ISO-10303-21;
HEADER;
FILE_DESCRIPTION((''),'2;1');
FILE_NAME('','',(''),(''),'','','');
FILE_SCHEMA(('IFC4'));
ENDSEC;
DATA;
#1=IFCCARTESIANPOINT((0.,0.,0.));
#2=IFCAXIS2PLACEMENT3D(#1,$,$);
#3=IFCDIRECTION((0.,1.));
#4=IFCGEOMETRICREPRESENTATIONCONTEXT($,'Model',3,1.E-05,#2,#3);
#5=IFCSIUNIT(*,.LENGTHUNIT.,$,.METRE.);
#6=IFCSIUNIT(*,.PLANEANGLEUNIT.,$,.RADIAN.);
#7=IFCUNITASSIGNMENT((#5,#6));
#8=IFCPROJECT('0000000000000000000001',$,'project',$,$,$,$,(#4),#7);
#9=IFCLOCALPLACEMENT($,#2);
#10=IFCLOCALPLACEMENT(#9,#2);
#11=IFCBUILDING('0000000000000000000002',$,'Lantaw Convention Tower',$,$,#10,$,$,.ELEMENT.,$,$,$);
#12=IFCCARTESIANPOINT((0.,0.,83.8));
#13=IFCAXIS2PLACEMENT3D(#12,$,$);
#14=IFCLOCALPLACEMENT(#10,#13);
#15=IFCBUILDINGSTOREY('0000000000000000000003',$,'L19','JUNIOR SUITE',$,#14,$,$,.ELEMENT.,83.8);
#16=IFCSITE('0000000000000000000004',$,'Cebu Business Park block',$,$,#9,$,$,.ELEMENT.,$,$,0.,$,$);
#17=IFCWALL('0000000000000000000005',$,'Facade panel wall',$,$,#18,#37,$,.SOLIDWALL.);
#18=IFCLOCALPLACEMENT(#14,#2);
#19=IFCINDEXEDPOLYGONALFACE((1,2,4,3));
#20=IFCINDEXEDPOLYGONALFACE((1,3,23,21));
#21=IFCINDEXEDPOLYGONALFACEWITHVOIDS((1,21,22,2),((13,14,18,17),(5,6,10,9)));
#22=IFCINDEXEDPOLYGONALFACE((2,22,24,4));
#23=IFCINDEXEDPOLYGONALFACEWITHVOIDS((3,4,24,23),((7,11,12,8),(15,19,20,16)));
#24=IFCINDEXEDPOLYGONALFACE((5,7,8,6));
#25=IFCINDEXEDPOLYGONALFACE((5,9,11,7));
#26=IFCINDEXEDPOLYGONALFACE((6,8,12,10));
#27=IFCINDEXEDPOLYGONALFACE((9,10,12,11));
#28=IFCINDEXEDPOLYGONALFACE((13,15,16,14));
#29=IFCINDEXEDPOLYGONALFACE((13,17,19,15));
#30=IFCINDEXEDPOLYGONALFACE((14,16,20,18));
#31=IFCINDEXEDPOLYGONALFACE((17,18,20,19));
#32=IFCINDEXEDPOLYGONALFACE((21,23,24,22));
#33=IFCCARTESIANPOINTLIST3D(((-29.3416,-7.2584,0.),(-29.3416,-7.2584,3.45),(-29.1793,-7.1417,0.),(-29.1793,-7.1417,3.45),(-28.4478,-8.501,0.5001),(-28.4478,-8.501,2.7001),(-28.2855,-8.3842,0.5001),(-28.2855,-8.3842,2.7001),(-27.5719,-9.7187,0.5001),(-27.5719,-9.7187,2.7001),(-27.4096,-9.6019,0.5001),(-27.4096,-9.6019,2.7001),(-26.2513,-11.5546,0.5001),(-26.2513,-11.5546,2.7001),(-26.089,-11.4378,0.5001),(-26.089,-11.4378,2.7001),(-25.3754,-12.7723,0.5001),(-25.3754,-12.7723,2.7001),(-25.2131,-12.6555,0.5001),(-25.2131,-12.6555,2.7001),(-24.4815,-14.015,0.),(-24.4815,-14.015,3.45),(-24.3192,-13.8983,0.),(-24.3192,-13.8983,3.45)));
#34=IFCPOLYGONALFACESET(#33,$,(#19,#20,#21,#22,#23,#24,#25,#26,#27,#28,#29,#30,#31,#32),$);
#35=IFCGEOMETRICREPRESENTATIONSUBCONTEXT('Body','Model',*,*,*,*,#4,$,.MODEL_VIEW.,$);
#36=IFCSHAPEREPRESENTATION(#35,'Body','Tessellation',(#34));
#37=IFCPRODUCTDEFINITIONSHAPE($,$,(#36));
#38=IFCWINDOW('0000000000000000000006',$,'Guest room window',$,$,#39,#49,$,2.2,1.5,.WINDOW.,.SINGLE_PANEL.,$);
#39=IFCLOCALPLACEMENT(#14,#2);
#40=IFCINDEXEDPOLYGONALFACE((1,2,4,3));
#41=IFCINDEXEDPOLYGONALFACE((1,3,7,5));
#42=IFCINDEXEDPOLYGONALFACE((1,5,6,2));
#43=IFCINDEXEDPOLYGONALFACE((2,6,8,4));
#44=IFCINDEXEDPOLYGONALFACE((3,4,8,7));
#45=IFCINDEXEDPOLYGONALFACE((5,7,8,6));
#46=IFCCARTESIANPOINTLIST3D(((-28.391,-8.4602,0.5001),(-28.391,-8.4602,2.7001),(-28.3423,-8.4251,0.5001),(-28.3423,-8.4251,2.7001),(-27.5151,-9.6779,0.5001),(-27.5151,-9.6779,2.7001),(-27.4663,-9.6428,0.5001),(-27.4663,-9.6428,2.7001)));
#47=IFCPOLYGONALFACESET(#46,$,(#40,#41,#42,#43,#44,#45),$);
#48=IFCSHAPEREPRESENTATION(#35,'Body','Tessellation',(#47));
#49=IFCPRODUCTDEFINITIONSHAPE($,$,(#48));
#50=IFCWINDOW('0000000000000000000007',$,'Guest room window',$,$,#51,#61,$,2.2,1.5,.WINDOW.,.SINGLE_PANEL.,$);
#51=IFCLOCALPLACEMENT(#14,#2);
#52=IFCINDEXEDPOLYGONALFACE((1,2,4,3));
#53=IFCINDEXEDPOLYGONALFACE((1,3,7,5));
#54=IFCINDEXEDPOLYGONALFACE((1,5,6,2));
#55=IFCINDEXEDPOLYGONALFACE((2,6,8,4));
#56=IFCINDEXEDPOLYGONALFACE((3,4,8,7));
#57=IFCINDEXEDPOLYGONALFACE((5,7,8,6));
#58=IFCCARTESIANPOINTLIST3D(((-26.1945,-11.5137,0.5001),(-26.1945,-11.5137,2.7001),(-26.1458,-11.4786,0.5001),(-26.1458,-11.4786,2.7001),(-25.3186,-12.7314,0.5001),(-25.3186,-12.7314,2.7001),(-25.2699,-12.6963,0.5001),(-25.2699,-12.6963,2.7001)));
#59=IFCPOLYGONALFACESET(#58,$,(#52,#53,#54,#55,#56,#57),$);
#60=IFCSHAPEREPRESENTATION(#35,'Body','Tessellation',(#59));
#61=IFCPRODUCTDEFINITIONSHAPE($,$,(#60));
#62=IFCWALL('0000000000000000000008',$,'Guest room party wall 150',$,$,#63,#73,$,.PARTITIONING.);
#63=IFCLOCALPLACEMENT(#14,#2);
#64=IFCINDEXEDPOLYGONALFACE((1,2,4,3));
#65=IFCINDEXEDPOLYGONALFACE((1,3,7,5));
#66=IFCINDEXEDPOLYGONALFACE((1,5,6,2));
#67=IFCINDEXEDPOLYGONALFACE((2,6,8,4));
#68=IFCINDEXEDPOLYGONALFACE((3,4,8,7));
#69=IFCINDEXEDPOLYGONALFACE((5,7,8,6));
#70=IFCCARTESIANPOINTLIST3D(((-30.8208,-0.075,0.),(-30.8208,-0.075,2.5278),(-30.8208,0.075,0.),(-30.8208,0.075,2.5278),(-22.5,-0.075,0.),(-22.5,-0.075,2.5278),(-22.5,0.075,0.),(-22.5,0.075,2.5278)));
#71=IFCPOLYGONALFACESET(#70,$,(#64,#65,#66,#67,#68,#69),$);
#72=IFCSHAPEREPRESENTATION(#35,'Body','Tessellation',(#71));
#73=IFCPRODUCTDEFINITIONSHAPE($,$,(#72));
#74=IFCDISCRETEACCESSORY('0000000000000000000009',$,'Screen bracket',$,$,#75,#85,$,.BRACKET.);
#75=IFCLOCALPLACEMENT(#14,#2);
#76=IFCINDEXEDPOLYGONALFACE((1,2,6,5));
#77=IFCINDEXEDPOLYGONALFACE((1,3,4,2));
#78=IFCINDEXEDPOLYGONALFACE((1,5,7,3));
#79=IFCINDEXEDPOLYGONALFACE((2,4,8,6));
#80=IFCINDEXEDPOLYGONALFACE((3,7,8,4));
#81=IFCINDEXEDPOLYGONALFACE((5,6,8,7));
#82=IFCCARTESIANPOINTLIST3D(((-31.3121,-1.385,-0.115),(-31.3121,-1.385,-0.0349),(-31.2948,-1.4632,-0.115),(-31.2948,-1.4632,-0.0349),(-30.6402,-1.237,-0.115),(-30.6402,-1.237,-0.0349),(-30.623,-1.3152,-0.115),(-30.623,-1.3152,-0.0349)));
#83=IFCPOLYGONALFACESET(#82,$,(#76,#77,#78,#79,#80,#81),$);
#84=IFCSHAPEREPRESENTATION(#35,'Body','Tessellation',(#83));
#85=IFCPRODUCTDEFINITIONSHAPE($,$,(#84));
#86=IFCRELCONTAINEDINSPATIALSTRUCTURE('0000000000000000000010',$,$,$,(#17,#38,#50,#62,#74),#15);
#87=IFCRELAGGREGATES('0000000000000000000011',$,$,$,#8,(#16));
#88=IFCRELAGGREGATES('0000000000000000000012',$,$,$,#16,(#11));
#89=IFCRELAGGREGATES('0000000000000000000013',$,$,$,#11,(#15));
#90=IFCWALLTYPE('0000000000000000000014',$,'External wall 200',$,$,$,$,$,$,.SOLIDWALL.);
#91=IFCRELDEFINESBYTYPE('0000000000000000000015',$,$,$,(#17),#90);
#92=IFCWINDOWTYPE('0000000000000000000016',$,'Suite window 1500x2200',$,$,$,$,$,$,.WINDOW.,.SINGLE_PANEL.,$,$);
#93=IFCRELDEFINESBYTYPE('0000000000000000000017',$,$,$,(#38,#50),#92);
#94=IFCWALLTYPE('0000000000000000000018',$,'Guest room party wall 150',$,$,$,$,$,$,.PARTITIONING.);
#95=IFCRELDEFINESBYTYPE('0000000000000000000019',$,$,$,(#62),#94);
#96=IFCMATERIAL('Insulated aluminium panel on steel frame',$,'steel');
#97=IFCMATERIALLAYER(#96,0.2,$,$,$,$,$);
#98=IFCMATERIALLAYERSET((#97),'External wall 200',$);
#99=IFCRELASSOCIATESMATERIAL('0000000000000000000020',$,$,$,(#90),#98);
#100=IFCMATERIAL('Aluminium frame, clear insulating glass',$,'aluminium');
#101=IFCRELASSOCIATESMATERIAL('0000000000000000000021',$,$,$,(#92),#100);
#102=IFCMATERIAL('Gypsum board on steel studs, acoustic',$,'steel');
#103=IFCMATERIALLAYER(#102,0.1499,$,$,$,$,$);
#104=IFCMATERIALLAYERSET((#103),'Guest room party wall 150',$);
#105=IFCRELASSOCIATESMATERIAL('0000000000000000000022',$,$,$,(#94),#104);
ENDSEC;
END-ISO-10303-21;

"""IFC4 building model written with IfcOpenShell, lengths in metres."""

from ifc_helpers import new_model, si_unit, direction, frame, frame_2d, origin, origin_2d, place, context, subcontext, project, spatial, rectangle, extrude, material, layer, layer_set, type_object, element, fill, save


model = new_model("IFC4")

# Units and contexts
model_context = context("Model", 3, precision=1e-05, world=origin(), true_north=direction((0.0, 1.0)))
body_context = subcontext(model_context, "Body", "Model", "MODEL_VIEW")
ifc_project = project(units=[si_unit("LENGTHUNIT", "METRE"), si_unit("PLANEANGLEUNIT", "RADIAN")], contexts=[model_context])

# Site, building, storey
site_placement = place(None, origin())
site = spatial("IfcSite", under=ifc_project, at=site_placement, Name="Cebu Business Park block", CompositionType="ELEMENT", RefElevation=0.0)
building_placement = place(site_placement, origin())
building = spatial("IfcBuilding", under=site, at=building_placement, Name="Lantaw Convention Tower", CompositionType="ELEMENT")
storey_placement = place(building_placement, frame((0.0, 0.0, 83.8)))
storey = spatial("IfcBuildingStorey", under=building, at=storey_placement, Name="L19", Description="JUNIOR SUITE", CompositionType="ELEMENT", Elevation=83.8)

# Wall, openings, windows
ifc_material_1 = material(Name="Insulated aluminium panel on steel frame", Category="steel")
ifc_layer_1 = layer(ifc_material_1, 0.2)
ifc_layer_set_1 = layer_set([ifc_layer_1], Name="External wall 200")
wall_type_1 = type_object("IfcWallType", Name="External wall 200", PredefinedType="SOLIDWALL", material=ifc_layer_set_1)
wall_1_placement = place(storey_placement, frame((-29.2605, -7.2, 0.0), z_axis=(0.0, 0.0, 1.0), x_axis=(0.583938, -0.811799, 0.0)))
wall_1 = element("IfcWall", 1, at=wall_1_placement, inside=storey, type_object=wall_type_1, Name="Facade panel wall", PredefinedType="SOLIDWALL", context=body_context, shape_type="SweptSolid", body=[
    extrude(rectangle(XDim=8.323, YDim=0.2, at=frame_2d((4.1616, 0.0))), origin(), (0.0, 0.0, 1.0), 3.45),
])
opening_1_placement = place(wall_1_placement, frame((1.5308, 0.0, 0.5)))
opening_1 = element("IfcOpeningElement", 2, at=opening_1_placement, cuts=wall_1, PredefinedType="OPENING", context=body_context, shape_type="SweptSolid", body=[
    extrude(rectangle(XDim=1.5, YDim=2.2, at=frame_2d((0.75, 1.1001))), frame((0.0, 0.1099, 0.0), z_axis=(0.0, -1.0, 0.0), x_axis=(1.0, 0.0, 0.0)), (0.0, 0.0, 1.0), 0.22),
])
opening_2_placement = place(wall_1_placement, frame((5.2922, 0.0, 0.5)))
opening_2 = element("IfcOpeningElement", 3, at=opening_2_placement, cuts=wall_1, PredefinedType="OPENING", context=body_context, shape_type="SweptSolid", body=[
    extrude(rectangle(XDim=1.5, YDim=2.2, at=frame_2d((0.75, 1.1001))), frame((0.0, 0.1099, 0.0), z_axis=(0.0, -1.0, 0.0), x_axis=(1.0, 0.0, 0.0)), (0.0, 0.0, 1.0), 0.22),
])
ifc_material_2 = material(Name="Aluminium frame, clear insulating glass", Category="aluminium")
window_type = type_object("IfcWindowType", Name="Suite window 1500x2200", PartitioningType="SINGLE_PANEL", PredefinedType="WINDOW", material=ifc_material_2)
window_1_placement = place(opening_1_placement, origin())
window_1 = element("IfcWindow", 4, at=window_1_placement, inside=storey, type_object=window_type, Name="Guest room window", OverallHeight=2.2, OverallWidth=1.5, PartitioningType="SINGLE_PANEL", PredefinedType="WINDOW", context=body_context, shape_type="SweptSolid", body=[
    extrude(rectangle(XDim=1.5, YDim=2.2, at=frame_2d((0.75, 1.1001))), frame((0.0, 0.03, 0.0), z_axis=(0.0, -1.0, 0.0), x_axis=(1.0, 0.0, 0.0)), (0.0, 0.0, 1.0), 0.0601),
])
fill(opening_1, window_1)
window_2_placement = place(opening_2_placement, origin())
window_2 = element("IfcWindow", 5, at=window_2_placement, inside=storey, type_object=window_type, Name="Guest room window", OverallHeight=2.2, OverallWidth=1.5, PartitioningType="SINGLE_PANEL", PredefinedType="WINDOW", context=body_context, shape_type="SweptSolid", body=[
    extrude(rectangle(XDim=1.5, YDim=2.2, at=frame_2d((0.75, 1.1001))), frame((0.0, 0.03, 0.0), z_axis=(0.0, -1.0, 0.0), x_axis=(1.0, 0.0, 0.0)), (0.0, 0.0, 1.0), 0.0601),
])
fill(opening_2, window_2)

# Wall
ifc_material_3 = material(Name="Gypsum board on steel studs, acoustic", Category="steel")
ifc_layer_2 = layer(ifc_material_3, 0.1499)
ifc_layer_set_2 = layer_set([ifc_layer_2], Name="Guest room party wall 150")
wall_type_2 = type_object("IfcWallType", Name="Guest room party wall 150", PredefinedType="PARTITIONING", material=ifc_layer_set_2)
wall_2_placement = place(storey_placement, frame((-30.8208, 0.0, 0.0), z_axis=(0.0, 0.0, 1.0), x_axis=(1.0, 0.0, 0.0)))
element("IfcWall", 6, at=wall_2_placement, inside=storey, type_object=wall_type_2, Name="Guest room party wall 150", PredefinedType="PARTITIONING", context=body_context, shape_type="SweptSolid", body=[
    extrude(rectangle(XDim=8.3208, YDim=0.1499, at=frame_2d((4.1604, 0.0))), origin(), (0.0, 0.0, 1.0), 2.5278),
])

# Discrete accessory
discrete_accessory_placement = place(storey_placement, frame((-30.9675, -1.3501, -0.115), z_axis=(0.0, 0.0, 1.0), x_axis=(0.215246, -0.97656, 0.0)))
element("IfcDiscreteAccessory", 7, at=discrete_accessory_placement, inside=storey, Name="Screen bracket", PredefinedType="BRACKET", context=body_context, shape_type="SweptSolid", body=[
    extrude(rectangle(XDim=0.0801, YDim=0.688, at=origin_2d()), origin(), (0.0, 0.0, 1.0), 0.0801),
])

save(model, "model.ifc")
